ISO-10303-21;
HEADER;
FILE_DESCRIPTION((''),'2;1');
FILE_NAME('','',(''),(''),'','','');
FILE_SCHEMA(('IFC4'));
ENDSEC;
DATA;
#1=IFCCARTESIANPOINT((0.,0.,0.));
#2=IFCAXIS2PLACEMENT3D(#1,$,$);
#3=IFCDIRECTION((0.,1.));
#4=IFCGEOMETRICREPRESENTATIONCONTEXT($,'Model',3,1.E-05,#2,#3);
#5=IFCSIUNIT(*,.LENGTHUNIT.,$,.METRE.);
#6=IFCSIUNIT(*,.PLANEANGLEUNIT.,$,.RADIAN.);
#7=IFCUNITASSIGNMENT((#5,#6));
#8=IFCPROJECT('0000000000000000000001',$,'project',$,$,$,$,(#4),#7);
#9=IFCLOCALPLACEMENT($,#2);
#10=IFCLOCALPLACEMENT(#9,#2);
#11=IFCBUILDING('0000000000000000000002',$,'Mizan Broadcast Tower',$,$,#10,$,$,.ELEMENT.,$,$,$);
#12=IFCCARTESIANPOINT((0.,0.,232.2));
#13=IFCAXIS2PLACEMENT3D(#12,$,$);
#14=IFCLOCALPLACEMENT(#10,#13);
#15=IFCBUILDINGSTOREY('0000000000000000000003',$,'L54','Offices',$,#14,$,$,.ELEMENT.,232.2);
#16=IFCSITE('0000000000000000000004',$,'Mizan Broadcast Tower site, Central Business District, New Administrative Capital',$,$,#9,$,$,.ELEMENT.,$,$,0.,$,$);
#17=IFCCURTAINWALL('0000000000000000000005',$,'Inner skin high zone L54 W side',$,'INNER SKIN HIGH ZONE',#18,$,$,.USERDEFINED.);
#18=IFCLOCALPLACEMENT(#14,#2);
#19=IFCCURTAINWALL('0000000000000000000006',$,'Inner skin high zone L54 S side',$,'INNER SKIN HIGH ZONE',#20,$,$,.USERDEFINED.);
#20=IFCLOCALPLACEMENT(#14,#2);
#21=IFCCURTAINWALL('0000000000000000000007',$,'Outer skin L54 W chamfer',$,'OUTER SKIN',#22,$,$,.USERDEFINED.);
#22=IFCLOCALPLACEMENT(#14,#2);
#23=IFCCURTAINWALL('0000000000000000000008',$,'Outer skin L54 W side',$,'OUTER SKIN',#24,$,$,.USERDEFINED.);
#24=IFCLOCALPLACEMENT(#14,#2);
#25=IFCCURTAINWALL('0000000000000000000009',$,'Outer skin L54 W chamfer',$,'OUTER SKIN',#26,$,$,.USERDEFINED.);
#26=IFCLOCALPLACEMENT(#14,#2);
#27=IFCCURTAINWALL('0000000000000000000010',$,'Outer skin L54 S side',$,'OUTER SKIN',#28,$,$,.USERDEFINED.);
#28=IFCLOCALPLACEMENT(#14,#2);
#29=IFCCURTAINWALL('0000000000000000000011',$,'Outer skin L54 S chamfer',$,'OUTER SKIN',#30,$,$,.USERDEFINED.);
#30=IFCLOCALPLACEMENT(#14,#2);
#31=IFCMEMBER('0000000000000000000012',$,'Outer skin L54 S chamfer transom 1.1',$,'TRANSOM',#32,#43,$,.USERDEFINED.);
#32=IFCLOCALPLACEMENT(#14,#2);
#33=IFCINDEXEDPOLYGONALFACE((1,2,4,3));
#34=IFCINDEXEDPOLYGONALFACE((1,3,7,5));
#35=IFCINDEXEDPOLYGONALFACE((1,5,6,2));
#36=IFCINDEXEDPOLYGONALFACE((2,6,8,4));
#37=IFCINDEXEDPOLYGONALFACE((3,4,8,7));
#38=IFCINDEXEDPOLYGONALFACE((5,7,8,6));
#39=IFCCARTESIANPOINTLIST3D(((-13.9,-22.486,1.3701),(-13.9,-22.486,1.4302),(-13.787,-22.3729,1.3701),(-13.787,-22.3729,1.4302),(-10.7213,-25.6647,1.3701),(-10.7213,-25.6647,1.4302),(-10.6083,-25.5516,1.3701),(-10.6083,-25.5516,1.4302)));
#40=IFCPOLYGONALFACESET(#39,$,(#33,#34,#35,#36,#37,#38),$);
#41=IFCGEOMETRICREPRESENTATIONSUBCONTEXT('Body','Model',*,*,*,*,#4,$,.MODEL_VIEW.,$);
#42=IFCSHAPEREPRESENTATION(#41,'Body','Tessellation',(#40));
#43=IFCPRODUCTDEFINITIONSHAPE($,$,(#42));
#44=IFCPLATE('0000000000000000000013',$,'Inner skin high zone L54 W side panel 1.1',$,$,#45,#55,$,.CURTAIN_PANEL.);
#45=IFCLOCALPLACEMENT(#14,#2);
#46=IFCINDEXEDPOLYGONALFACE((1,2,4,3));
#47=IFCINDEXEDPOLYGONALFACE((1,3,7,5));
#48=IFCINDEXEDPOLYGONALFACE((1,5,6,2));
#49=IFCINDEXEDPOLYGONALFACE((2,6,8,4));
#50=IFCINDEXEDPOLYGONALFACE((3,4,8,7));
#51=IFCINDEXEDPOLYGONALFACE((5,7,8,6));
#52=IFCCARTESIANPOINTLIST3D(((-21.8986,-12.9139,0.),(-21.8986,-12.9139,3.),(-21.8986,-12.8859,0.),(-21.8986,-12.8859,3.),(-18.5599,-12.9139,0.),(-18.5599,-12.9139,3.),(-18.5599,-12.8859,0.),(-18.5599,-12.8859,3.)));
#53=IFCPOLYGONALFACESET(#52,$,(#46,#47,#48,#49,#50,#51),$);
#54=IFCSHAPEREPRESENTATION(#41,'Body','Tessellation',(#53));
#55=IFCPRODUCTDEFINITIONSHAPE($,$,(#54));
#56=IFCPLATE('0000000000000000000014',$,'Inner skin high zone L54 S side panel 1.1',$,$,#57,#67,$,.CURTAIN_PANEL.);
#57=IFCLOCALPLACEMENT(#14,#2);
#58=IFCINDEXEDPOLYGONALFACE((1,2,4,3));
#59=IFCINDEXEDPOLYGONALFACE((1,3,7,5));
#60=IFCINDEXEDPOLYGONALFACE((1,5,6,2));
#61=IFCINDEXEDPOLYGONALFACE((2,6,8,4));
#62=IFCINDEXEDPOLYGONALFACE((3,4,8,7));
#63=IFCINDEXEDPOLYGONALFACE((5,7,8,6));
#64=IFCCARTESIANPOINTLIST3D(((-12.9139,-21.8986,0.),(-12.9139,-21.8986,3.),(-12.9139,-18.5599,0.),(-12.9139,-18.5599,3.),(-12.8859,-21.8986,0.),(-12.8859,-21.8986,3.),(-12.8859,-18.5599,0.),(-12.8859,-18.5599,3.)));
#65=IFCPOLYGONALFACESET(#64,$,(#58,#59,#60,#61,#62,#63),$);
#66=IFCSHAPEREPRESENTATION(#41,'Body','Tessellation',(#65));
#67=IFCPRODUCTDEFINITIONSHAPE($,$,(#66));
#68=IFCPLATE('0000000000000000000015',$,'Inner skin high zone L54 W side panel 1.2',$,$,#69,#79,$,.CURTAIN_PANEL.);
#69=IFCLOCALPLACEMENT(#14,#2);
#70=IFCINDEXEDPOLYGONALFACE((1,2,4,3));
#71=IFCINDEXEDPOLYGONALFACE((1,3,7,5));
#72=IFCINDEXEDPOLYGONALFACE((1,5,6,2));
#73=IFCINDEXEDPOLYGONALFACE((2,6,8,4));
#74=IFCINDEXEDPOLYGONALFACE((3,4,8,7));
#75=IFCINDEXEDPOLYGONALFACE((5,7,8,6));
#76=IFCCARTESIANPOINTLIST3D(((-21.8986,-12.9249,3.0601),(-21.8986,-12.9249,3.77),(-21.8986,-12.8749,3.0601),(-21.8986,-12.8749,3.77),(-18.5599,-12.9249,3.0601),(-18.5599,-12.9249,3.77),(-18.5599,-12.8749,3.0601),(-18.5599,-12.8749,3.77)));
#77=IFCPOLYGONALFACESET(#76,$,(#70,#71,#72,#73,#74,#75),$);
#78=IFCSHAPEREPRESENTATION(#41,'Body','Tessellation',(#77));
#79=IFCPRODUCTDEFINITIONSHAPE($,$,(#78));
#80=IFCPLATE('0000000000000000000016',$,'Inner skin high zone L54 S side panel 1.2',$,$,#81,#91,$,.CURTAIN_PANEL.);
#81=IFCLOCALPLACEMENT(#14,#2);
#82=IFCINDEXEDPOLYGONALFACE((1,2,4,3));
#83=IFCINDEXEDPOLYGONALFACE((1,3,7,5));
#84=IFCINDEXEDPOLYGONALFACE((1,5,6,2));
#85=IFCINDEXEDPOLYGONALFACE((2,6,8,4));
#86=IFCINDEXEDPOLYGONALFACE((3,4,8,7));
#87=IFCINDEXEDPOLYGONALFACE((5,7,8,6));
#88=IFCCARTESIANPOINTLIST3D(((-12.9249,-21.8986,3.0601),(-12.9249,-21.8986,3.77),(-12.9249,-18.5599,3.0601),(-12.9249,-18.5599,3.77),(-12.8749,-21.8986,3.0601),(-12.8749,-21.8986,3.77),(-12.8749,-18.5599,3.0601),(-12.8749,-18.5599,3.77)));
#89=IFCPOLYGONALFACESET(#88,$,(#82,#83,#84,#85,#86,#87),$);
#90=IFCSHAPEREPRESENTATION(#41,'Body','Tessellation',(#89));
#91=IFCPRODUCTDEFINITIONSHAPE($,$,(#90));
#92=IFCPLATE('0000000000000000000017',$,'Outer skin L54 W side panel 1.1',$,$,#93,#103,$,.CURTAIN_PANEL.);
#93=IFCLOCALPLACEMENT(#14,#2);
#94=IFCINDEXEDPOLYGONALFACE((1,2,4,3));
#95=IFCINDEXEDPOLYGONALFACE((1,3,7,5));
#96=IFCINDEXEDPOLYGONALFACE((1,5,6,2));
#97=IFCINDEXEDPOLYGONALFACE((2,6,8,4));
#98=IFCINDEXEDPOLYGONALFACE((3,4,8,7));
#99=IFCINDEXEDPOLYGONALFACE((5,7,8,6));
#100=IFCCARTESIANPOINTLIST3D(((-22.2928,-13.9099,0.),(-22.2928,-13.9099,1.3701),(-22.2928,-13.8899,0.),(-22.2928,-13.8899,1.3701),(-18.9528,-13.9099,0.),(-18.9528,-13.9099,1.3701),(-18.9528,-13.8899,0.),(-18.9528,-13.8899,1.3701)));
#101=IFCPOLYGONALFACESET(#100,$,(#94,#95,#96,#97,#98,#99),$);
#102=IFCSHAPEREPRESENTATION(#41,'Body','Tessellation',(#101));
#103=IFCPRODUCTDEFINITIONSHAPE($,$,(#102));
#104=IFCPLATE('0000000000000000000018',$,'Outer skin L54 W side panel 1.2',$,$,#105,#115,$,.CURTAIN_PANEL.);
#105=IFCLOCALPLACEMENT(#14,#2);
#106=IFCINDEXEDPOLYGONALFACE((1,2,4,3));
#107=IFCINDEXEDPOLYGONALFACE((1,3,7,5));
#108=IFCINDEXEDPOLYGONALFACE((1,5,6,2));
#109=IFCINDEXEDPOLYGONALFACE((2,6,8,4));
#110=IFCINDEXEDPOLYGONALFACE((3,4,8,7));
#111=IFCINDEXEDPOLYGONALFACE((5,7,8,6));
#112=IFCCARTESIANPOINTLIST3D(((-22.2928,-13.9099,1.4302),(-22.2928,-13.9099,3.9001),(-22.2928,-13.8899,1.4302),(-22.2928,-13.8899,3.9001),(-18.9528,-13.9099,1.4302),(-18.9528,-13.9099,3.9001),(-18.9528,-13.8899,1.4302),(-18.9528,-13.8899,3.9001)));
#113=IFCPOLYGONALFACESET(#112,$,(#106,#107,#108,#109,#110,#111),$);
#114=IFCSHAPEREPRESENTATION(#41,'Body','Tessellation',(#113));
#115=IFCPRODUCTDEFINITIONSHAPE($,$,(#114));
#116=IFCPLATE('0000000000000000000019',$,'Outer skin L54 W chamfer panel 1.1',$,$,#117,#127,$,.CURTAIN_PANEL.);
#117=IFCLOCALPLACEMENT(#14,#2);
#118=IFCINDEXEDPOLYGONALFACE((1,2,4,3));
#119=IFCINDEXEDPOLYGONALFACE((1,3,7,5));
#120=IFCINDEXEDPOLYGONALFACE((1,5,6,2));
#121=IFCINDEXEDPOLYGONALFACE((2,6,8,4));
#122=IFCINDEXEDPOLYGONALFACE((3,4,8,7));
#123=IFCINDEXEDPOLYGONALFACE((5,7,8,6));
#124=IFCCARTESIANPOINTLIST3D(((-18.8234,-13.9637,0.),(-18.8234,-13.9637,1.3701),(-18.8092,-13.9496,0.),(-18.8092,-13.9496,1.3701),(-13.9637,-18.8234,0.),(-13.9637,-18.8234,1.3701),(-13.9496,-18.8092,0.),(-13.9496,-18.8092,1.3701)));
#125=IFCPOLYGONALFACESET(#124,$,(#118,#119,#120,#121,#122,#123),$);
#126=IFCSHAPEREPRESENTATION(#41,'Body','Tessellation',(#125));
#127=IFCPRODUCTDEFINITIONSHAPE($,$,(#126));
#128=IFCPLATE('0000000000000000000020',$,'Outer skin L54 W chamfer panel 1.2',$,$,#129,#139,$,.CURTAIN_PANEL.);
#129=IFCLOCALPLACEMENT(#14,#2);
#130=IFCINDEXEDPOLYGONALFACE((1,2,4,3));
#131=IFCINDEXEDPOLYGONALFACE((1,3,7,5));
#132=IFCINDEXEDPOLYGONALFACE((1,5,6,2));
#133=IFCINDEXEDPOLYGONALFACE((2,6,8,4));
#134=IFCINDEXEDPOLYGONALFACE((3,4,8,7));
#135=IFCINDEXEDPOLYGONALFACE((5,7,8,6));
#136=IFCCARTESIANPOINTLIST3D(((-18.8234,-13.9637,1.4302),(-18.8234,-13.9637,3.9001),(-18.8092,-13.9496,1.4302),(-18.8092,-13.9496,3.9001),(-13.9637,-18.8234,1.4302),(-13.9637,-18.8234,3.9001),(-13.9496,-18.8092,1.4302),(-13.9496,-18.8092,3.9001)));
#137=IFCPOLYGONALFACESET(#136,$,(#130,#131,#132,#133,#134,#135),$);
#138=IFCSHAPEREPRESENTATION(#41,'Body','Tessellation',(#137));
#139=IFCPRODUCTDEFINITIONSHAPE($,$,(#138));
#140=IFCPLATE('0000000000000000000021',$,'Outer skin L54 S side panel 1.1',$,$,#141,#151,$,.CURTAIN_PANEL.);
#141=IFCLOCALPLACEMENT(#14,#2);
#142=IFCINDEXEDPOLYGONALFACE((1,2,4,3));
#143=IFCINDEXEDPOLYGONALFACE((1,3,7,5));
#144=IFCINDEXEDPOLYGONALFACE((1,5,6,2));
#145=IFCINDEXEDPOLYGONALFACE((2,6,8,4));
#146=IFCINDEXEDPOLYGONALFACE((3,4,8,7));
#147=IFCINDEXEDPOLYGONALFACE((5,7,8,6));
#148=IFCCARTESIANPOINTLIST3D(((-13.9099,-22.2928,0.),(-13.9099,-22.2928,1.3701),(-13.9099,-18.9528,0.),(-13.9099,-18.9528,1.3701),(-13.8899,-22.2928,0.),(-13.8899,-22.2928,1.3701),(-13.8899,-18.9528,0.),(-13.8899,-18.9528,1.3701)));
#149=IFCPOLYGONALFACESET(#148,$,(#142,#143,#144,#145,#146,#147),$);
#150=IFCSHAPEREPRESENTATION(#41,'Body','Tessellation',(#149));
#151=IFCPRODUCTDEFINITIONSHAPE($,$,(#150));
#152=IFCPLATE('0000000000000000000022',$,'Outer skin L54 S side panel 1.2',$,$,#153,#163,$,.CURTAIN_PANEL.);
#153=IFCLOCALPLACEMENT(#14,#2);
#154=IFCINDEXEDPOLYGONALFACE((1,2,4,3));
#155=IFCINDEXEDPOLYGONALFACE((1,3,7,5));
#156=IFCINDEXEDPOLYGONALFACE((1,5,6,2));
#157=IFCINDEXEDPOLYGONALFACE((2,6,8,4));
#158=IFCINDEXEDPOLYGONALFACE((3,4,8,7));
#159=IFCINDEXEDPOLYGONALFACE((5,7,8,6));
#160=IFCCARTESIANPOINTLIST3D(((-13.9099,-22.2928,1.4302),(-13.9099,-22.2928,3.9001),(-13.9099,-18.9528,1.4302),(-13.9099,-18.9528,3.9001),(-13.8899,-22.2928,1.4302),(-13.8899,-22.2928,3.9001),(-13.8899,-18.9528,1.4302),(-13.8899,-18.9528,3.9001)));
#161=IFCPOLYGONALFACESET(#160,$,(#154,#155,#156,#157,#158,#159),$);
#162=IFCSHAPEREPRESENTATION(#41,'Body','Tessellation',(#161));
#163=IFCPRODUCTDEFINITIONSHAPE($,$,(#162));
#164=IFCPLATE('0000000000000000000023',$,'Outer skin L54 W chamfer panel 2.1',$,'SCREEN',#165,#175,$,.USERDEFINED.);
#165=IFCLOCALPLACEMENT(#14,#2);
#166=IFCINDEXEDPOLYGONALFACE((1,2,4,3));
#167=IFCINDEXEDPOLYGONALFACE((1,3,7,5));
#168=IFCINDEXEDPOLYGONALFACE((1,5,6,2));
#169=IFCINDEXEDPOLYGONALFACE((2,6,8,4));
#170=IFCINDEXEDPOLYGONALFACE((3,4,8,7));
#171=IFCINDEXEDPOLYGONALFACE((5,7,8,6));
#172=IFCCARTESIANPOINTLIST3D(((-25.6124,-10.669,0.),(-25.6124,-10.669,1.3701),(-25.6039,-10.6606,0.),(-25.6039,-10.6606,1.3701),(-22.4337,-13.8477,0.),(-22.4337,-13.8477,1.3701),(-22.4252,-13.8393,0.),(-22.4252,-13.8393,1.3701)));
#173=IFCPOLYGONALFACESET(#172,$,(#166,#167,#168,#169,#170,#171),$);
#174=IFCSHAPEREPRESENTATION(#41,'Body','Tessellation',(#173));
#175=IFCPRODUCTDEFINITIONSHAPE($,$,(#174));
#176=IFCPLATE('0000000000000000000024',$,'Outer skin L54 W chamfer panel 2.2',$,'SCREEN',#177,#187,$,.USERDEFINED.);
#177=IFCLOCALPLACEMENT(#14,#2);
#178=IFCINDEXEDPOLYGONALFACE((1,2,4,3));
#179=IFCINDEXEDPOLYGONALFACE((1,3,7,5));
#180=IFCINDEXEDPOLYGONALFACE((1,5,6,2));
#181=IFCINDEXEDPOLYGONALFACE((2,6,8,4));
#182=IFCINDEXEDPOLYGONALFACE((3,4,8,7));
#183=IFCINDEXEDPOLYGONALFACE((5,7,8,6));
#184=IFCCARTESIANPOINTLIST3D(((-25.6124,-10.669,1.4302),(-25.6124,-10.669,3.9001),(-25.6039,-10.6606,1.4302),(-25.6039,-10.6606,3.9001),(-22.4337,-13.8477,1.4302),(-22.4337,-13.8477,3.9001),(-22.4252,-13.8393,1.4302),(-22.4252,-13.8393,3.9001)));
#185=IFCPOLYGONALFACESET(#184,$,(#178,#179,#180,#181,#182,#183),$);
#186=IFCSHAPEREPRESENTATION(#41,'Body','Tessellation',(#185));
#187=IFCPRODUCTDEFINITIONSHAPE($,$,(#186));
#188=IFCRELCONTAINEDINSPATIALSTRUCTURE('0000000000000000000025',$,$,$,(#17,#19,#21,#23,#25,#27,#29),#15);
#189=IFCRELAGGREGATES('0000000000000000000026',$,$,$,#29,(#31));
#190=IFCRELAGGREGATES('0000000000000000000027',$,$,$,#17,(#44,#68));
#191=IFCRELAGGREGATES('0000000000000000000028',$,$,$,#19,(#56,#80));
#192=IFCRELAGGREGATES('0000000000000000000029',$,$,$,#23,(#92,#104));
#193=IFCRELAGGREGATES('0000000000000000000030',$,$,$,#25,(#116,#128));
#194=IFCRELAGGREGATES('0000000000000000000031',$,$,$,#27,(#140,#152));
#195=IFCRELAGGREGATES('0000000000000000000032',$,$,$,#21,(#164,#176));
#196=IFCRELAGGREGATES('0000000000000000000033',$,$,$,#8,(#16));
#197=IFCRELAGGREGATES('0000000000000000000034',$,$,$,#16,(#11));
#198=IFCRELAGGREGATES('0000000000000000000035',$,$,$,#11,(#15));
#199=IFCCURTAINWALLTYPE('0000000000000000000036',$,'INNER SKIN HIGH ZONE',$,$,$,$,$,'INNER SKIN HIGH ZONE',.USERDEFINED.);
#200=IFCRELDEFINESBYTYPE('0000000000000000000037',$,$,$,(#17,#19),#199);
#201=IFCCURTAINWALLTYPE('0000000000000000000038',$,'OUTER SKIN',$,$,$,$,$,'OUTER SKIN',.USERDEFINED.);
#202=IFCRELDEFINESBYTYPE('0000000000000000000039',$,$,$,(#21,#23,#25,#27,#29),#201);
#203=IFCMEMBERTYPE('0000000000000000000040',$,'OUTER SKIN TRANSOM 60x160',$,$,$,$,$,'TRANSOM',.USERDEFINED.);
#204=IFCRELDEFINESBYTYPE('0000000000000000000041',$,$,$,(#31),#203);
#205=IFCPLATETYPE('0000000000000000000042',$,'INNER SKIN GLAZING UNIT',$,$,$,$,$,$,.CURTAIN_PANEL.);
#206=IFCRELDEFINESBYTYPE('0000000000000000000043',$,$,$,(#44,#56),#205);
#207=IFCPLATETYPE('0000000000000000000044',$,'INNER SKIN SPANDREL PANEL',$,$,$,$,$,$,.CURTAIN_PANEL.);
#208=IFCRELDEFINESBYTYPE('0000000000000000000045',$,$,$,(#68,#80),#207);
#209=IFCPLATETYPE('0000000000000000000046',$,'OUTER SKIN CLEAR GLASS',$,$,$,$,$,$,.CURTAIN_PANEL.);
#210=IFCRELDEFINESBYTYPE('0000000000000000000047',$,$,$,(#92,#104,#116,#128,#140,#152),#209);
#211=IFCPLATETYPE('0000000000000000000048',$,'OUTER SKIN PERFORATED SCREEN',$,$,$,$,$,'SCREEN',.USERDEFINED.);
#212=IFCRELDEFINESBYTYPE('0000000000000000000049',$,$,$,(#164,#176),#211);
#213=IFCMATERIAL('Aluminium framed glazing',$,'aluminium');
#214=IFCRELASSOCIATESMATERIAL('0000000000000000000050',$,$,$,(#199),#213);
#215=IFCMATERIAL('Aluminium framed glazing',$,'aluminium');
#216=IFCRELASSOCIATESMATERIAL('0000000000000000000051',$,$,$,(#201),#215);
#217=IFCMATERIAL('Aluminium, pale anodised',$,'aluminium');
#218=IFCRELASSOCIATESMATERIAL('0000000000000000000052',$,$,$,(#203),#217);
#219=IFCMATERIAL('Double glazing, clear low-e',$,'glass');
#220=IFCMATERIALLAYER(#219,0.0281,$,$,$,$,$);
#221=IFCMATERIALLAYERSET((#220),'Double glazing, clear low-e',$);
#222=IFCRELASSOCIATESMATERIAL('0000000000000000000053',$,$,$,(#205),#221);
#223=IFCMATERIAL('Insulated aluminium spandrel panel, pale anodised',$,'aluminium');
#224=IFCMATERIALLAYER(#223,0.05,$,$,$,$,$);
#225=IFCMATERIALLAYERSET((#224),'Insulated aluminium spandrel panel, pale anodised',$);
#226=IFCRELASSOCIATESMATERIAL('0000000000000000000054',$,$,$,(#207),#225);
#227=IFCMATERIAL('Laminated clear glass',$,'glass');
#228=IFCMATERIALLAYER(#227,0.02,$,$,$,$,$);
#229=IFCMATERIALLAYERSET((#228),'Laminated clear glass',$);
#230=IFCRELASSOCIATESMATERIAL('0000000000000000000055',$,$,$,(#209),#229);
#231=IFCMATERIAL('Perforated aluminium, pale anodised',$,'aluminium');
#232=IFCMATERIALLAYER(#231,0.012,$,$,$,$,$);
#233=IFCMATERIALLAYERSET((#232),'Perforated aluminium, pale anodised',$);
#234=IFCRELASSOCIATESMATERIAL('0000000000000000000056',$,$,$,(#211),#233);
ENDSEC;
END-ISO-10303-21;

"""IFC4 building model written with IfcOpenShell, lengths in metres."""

from ifc_helpers import new_model, si_unit, direction, frame, origin, origin_2d, place, context, subcontext, project, spatial, rectangle, extrude, material, layer, layer_set, material_profile, profile_set, type_object, element, aggregate, save


model = new_model("IFC4")

# Units and contexts
model_context = context("Model", 3, precision=1e-05, world=origin(), true_north=direction((0.0, 1.0)))
body_context = subcontext(model_context, "Body", "Model", "MODEL_VIEW")
ifc_project = project(units=[si_unit("LENGTHUNIT", "METRE"), si_unit("PLANEANGLEUNIT", "RADIAN")], contexts=[model_context])

# Site, building, storey
site_placement = place(None, origin())
site = spatial("IfcSite", under=ifc_project, at=site_placement, Name="Mizan Broadcast Tower site, Central Business District, New Administrative Capital", CompositionType="ELEMENT", RefElevation=0.0)
building_placement = place(site_placement, origin())
building = spatial("IfcBuilding", under=site, at=building_placement, Name="Mizan Broadcast Tower", CompositionType="ELEMENT")
storey_placement = place(building_placement, frame((0.0, 0.0, 232.2)))
storey = spatial("IfcBuildingStorey", under=building, at=storey_placement, Name="L54", Description="Offices", CompositionType="ELEMENT", Elevation=232.2)

# Curtain walls
ifc_material_1 = material(Name="Aluminium framed glazing", Category="aluminium")
curtain_wall_type_1 = type_object("IfcCurtainWallType", Name="INNER SKIN HIGH ZONE", ElementType="INNER SKIN HIGH ZONE", PredefinedType="USERDEFINED", material=ifc_material_1)
curtain_wall_1_placement = place(storey_placement, origin())
curtain_wall_1 = element("IfcCurtainWall", 1, at=curtain_wall_1_placement, inside=storey, type_object=curtain_wall_type_1, Name="Inner skin high zone L54 W side", ObjectType="INNER SKIN HIGH ZONE", PredefinedType="USERDEFINED")
curtain_wall_2_placement = place(storey_placement, origin())
curtain_wall_2 = element("IfcCurtainWall", 2, at=curtain_wall_2_placement, inside=storey, type_object=curtain_wall_type_1, Name="Inner skin high zone L54 S side", ObjectType="INNER SKIN HIGH ZONE", PredefinedType="USERDEFINED")

# Curtain walls
ifc_material_2 = material(Name="Aluminium framed glazing", Category="aluminium")
curtain_wall_type_2 = type_object("IfcCurtainWallType", Name="OUTER SKIN", ElementType="OUTER SKIN", PredefinedType="USERDEFINED", material=ifc_material_2)
curtain_wall_3_placement = place(storey_placement, origin())
curtain_wall_3 = element("IfcCurtainWall", 3, at=curtain_wall_3_placement, inside=storey, type_object=curtain_wall_type_2, Name="Outer skin L54 W chamfer", ObjectType="OUTER SKIN", PredefinedType="USERDEFINED")
curtain_wall_4_placement = place(storey_placement, origin())
curtain_wall_4 = element("IfcCurtainWall", 4, at=curtain_wall_4_placement, inside=storey, type_object=curtain_wall_type_2, Name="Outer skin L54 W side", ObjectType="OUTER SKIN", PredefinedType="USERDEFINED")
curtain_wall_5_placement = place(storey_placement, origin())
curtain_wall_5 = element("IfcCurtainWall", 5, at=curtain_wall_5_placement, inside=storey, type_object=curtain_wall_type_2, Name="Outer skin L54 W chamfer", ObjectType="OUTER SKIN", PredefinedType="USERDEFINED")
curtain_wall_6_placement = place(storey_placement, origin())
curtain_wall_6 = element("IfcCurtainWall", 6, at=curtain_wall_6_placement, inside=storey, type_object=curtain_wall_type_2, Name="Outer skin L54 S side", ObjectType="OUTER SKIN", PredefinedType="USERDEFINED")

# Shared definitions
ifc_material_3 = material(Name="Aluminium, pale anodised", Category="aluminium")
ifc_material_profile_1 = material_profile(ifc_material_3, rectangle(XDim=0.1599, YDim=0.0601, at=origin_2d()), Name="TRANSOM 160x60")
ifc_profile_set_1 = profile_set([ifc_material_profile_1], Name="Aluminium, pale anodised")
member_type_1 = type_object("IfcMemberType", Name="OUTER SKIN TRANSOM 60x160", ElementType="TRANSOM", PredefinedType="USERDEFINED", material=ifc_profile_set_1)

# Curtain wall, member
curtain_wall_7_placement = place(storey_placement, origin())
curtain_wall_7 = element("IfcCurtainWall", 7, at=curtain_wall_7_placement, inside=storey, type_object=curtain_wall_type_2, Name="Outer skin L54 S chamfer", ObjectType="OUTER SKIN", PredefinedType="USERDEFINED")
member_1_placement = place(storey_placement, frame((-13.8435, -22.4294, 1.4001), z_axis=(0.707107, -0.707107, 0.0), x_axis=(0.707107, 0.707107, 0.0)))
member_1 = element("IfcMember", 8, at=member_1_placement, type_object=member_type_1, Name="Outer skin L54 S chamfer transom 1.1", ObjectType="TRANSOM", PredefinedType="USERDEFINED", context=body_context, shape_type="SweptSolid", body=[
    extrude(rectangle(XDim=0.1599, YDim=0.0601, at=origin_2d()), origin(), (0.0, 0.0, 1.0), 4.4954),
])
aggregate(curtain_wall_7, [member_1])

# Plates
ifc_material_4 = material(Name="Double glazing, clear low-e", Category="glass")
ifc_layer_1 = layer(ifc_material_4, 0.0281)
ifc_layer_set_1 = layer_set([ifc_layer_1], Name="Double glazing, clear low-e")
plate_type_1 = type_object("IfcPlateType", Name="INNER SKIN GLAZING UNIT", PredefinedType="CURTAIN_PANEL", material=ifc_layer_set_1)
plate_1_placement = place(storey_placement, frame((-20.2292, -12.8999, 0.0), z_axis=(0.0, 0.0, 1.0), x_axis=(1.0, 0.0, 0.0)))
plate_1 = element("IfcPlate", 9, at=plate_1_placement, type_object=plate_type_1, Name="Inner skin high zone L54 W side panel 1.1", PredefinedType="CURTAIN_PANEL", context=body_context, shape_type="SweptSolid", body=[
    extrude(rectangle(XDim=3.3386, YDim=0.0281, at=origin_2d()), origin(), (0.0, 0.0, 1.0), 3.0),
])
plate_2_placement = place(storey_placement, frame((-12.8999, -20.2292, 0.0), z_axis=(0.0, 0.0, 1.0), x_axis=(0.0, -1.0, 0.0)))
plate_2 = element("IfcPlate", 10, at=plate_2_placement, type_object=plate_type_1, Name="Inner skin high zone L54 S side panel 1.1", PredefinedType="CURTAIN_PANEL", context=body_context, shape_type="SweptSolid", body=[
    extrude(rectangle(XDim=3.3386, YDim=0.0281, at=origin_2d()), origin(), (0.0, 0.0, 1.0), 3.0),
])
ifc_material_5 = material(Name="Insulated aluminium spandrel panel, pale anodised", Category="aluminium")
ifc_layer_2 = layer(ifc_material_5, 0.05)
ifc_layer_set_2 = layer_set([ifc_layer_2], Name="Insulated aluminium spandrel panel, pale anodised")
plate_type_2 = type_object("IfcPlateType", Name="INNER SKIN SPANDREL PANEL", PredefinedType="CURTAIN_PANEL", material=ifc_layer_set_2)
plate_3_placement = place(storey_placement, frame((-20.2292, -12.8999, 3.0601), z_axis=(0.0, 0.0, 1.0), x_axis=(1.0, 0.0, 0.0)))
plate_3 = element("IfcPlate", 11, at=plate_3_placement, type_object=plate_type_2, Name="Inner skin high zone L54 W side panel 1.2", PredefinedType="CURTAIN_PANEL", context=body_context, shape_type="SweptSolid", body=[
    extrude(rectangle(XDim=3.3386, YDim=0.05, at=origin_2d()), origin(), (0.0, 0.0, 1.0), 0.71),
])
aggregate(curtain_wall_1, [plate_1, plate_3])
plate_4_placement = place(storey_placement, frame((-12.8999, -20.2292, 3.0601), z_axis=(0.0, 0.0, 1.0), x_axis=(0.0, -1.0, 0.0)))
plate_4 = element("IfcPlate", 12, at=plate_4_placement, type_object=plate_type_2, Name="Inner skin high zone L54 S side panel 1.2", PredefinedType="CURTAIN_PANEL", context=body_context, shape_type="SweptSolid", body=[
    extrude(rectangle(XDim=3.3386, YDim=0.05, at=origin_2d()), origin(), (0.0, 0.0, 1.0), 0.71),
])
aggregate(curtain_wall_2, [plate_2, plate_4])
ifc_material_6 = material(Name="Laminated clear glass", Category="glass")
ifc_layer_3 = layer(ifc_material_6, 0.02)
ifc_layer_set_3 = layer_set([ifc_layer_3], Name="Laminated clear glass")
plate_type_3 = type_object("IfcPlateType", Name="OUTER SKIN CLEAR GLASS", PredefinedType="CURTAIN_PANEL", material=ifc_layer_set_3)
plate_5_placement = place(storey_placement, frame((-20.6228, -13.8999, 0.0), z_axis=(0.0, 0.0, 1.0), x_axis=(1.0, 0.0, 0.0)))
plate_5 = element("IfcPlate", 13, at=plate_5_placement, type_object=plate_type_3, Name="Outer skin L54 W side panel 1.1", PredefinedType="CURTAIN_PANEL", context=body_context, shape_type="SweptSolid", body=[
    extrude(rectangle(XDim=3.3401, YDim=0.02, at=origin_2d()), origin(), (0.0, 0.0, 1.0), 1.3701),
])
plate_6_placement = place(storey_placement, frame((-20.6228, -13.8999, 1.4302), z_axis=(0.0, 0.0, 1.0), x_axis=(1.0, 0.0, 0.0)))
plate_6 = element("IfcPlate", 14, at=plate_6_placement, type_object=plate_type_3, Name="Outer skin L54 W side panel 1.2", PredefinedType="CURTAIN_PANEL", context=body_context, shape_type="SweptSolid", body=[
    extrude(rectangle(XDim=3.3401, YDim=0.02, at=origin_2d()), origin(), (0.0, 0.0, 1.0), 2.47),
])
aggregate(curtain_wall_4, [plate_5, plate_6])
plate_7_placement = place(storey_placement, frame((-16.3865, -16.3865, 0.0), z_axis=(0.0, 0.0, 1.0), x_axis=(0.707107, -0.707107, 0.0)))
plate_7 = element("IfcPlate", 15, at=plate_7_placement, type_object=plate_type_3, Name="Outer skin L54 W chamfer panel 1.1", PredefinedType="CURTAIN_PANEL", context=body_context, shape_type="SweptSolid", body=[
    extrude(rectangle(XDim=6.8726, YDim=0.02, at=origin_2d()), origin(), (0.0, 0.0, 1.0), 1.3701),
])
plate_8_placement = place(storey_placement, frame((-16.3865, -16.3865, 1.4302), z_axis=(0.0, 0.0, 1.0), x_axis=(0.707107, -0.707107, 0.0)))
plate_8 = element("IfcPlate", 16, at=plate_8_placement, type_object=plate_type_3, Name="Outer skin L54 W chamfer panel 1.2", PredefinedType="CURTAIN_PANEL", context=body_context, shape_type="SweptSolid", body=[
    extrude(rectangle(XDim=6.8726, YDim=0.02, at=origin_2d()), origin(), (0.0, 0.0, 1.0), 2.47),
])
aggregate(curtain_wall_5, [plate_7, plate_8])
plate_9_placement = place(storey_placement, frame((-13.8999, -20.6228, 0.0), z_axis=(0.0, 0.0, 1.0), x_axis=(0.0, -1.0, 0.0)))
plate_9 = element("IfcPlate", 17, at=plate_9_placement, type_object=plate_type_3, Name="Outer skin L54 S side panel 1.1", PredefinedType="CURTAIN_PANEL", context=body_context, shape_type="SweptSolid", body=[
    extrude(rectangle(XDim=3.3401, YDim=0.02, at=origin_2d()), origin(), (0.0, 0.0, 1.0), 1.3701),
])
plate_10_placement = place(storey_placement, frame((-13.8999, -20.6228, 1.4302), z_axis=(0.0, 0.0, 1.0), x_axis=(0.0, -1.0, 0.0)))
plate_10 = element("IfcPlate", 18, at=plate_10_placement, type_object=plate_type_3, Name="Outer skin L54 S side panel 1.2", PredefinedType="CURTAIN_PANEL", context=body_context, shape_type="SweptSolid", body=[
    extrude(rectangle(XDim=3.3401, YDim=0.02, at=origin_2d()), origin(), (0.0, 0.0, 1.0), 2.47),
])
aggregate(curtain_wall_6, [plate_9, plate_10])
ifc_material_7 = material(Name="Perforated aluminium, pale anodised", Category="aluminium")
ifc_layer_4 = layer(ifc_material_7, 0.012)
ifc_layer_set_4 = layer_set([ifc_layer_4], Name="Perforated aluminium, pale anodised")
plate_type_4 = type_object("IfcPlateType", Name="OUTER SKIN PERFORATED SCREEN", ElementType="SCREEN", PredefinedType="USERDEFINED", material=ifc_layer_set_4)
plate_11_placement = place(storey_placement, frame((-24.0188, -12.2542, 0.0), z_axis=(0.0, 0.0, 1.0), x_axis=(0.707107, -0.707107, 0.0)))
plate_11 = element("IfcPlate", 19, at=plate_11_placement, type_object=plate_type_4, Name="Outer skin L54 W chamfer panel 2.1", ObjectType="SCREEN", PredefinedType="USERDEFINED", context=body_context, shape_type="SweptSolid", body=[
    extrude(rectangle(XDim=4.4954, YDim=0.012, at=origin_2d()), origin(), (0.0, 0.0, 1.0), 1.3701),
])
plate_12_placement = place(storey_placement, frame((-24.0188, -12.2542, 1.4302), z_axis=(0.0, 0.0, 1.0), x_axis=(0.707107, -0.707107, 0.0)))
plate_12 = element("IfcPlate", 20, at=plate_12_placement, type_object=plate_type_4, Name="Outer skin L54 W chamfer panel 2.2", ObjectType="SCREEN", PredefinedType="USERDEFINED", context=body_context, shape_type="SweptSolid", body=[
    extrude(rectangle(XDim=4.4954, YDim=0.012, at=origin_2d()), origin(), (0.0, 0.0, 1.0), 2.47),
])
aggregate(curtain_wall_3, [plate_11, plate_12])

save(model, "model.ifc")
